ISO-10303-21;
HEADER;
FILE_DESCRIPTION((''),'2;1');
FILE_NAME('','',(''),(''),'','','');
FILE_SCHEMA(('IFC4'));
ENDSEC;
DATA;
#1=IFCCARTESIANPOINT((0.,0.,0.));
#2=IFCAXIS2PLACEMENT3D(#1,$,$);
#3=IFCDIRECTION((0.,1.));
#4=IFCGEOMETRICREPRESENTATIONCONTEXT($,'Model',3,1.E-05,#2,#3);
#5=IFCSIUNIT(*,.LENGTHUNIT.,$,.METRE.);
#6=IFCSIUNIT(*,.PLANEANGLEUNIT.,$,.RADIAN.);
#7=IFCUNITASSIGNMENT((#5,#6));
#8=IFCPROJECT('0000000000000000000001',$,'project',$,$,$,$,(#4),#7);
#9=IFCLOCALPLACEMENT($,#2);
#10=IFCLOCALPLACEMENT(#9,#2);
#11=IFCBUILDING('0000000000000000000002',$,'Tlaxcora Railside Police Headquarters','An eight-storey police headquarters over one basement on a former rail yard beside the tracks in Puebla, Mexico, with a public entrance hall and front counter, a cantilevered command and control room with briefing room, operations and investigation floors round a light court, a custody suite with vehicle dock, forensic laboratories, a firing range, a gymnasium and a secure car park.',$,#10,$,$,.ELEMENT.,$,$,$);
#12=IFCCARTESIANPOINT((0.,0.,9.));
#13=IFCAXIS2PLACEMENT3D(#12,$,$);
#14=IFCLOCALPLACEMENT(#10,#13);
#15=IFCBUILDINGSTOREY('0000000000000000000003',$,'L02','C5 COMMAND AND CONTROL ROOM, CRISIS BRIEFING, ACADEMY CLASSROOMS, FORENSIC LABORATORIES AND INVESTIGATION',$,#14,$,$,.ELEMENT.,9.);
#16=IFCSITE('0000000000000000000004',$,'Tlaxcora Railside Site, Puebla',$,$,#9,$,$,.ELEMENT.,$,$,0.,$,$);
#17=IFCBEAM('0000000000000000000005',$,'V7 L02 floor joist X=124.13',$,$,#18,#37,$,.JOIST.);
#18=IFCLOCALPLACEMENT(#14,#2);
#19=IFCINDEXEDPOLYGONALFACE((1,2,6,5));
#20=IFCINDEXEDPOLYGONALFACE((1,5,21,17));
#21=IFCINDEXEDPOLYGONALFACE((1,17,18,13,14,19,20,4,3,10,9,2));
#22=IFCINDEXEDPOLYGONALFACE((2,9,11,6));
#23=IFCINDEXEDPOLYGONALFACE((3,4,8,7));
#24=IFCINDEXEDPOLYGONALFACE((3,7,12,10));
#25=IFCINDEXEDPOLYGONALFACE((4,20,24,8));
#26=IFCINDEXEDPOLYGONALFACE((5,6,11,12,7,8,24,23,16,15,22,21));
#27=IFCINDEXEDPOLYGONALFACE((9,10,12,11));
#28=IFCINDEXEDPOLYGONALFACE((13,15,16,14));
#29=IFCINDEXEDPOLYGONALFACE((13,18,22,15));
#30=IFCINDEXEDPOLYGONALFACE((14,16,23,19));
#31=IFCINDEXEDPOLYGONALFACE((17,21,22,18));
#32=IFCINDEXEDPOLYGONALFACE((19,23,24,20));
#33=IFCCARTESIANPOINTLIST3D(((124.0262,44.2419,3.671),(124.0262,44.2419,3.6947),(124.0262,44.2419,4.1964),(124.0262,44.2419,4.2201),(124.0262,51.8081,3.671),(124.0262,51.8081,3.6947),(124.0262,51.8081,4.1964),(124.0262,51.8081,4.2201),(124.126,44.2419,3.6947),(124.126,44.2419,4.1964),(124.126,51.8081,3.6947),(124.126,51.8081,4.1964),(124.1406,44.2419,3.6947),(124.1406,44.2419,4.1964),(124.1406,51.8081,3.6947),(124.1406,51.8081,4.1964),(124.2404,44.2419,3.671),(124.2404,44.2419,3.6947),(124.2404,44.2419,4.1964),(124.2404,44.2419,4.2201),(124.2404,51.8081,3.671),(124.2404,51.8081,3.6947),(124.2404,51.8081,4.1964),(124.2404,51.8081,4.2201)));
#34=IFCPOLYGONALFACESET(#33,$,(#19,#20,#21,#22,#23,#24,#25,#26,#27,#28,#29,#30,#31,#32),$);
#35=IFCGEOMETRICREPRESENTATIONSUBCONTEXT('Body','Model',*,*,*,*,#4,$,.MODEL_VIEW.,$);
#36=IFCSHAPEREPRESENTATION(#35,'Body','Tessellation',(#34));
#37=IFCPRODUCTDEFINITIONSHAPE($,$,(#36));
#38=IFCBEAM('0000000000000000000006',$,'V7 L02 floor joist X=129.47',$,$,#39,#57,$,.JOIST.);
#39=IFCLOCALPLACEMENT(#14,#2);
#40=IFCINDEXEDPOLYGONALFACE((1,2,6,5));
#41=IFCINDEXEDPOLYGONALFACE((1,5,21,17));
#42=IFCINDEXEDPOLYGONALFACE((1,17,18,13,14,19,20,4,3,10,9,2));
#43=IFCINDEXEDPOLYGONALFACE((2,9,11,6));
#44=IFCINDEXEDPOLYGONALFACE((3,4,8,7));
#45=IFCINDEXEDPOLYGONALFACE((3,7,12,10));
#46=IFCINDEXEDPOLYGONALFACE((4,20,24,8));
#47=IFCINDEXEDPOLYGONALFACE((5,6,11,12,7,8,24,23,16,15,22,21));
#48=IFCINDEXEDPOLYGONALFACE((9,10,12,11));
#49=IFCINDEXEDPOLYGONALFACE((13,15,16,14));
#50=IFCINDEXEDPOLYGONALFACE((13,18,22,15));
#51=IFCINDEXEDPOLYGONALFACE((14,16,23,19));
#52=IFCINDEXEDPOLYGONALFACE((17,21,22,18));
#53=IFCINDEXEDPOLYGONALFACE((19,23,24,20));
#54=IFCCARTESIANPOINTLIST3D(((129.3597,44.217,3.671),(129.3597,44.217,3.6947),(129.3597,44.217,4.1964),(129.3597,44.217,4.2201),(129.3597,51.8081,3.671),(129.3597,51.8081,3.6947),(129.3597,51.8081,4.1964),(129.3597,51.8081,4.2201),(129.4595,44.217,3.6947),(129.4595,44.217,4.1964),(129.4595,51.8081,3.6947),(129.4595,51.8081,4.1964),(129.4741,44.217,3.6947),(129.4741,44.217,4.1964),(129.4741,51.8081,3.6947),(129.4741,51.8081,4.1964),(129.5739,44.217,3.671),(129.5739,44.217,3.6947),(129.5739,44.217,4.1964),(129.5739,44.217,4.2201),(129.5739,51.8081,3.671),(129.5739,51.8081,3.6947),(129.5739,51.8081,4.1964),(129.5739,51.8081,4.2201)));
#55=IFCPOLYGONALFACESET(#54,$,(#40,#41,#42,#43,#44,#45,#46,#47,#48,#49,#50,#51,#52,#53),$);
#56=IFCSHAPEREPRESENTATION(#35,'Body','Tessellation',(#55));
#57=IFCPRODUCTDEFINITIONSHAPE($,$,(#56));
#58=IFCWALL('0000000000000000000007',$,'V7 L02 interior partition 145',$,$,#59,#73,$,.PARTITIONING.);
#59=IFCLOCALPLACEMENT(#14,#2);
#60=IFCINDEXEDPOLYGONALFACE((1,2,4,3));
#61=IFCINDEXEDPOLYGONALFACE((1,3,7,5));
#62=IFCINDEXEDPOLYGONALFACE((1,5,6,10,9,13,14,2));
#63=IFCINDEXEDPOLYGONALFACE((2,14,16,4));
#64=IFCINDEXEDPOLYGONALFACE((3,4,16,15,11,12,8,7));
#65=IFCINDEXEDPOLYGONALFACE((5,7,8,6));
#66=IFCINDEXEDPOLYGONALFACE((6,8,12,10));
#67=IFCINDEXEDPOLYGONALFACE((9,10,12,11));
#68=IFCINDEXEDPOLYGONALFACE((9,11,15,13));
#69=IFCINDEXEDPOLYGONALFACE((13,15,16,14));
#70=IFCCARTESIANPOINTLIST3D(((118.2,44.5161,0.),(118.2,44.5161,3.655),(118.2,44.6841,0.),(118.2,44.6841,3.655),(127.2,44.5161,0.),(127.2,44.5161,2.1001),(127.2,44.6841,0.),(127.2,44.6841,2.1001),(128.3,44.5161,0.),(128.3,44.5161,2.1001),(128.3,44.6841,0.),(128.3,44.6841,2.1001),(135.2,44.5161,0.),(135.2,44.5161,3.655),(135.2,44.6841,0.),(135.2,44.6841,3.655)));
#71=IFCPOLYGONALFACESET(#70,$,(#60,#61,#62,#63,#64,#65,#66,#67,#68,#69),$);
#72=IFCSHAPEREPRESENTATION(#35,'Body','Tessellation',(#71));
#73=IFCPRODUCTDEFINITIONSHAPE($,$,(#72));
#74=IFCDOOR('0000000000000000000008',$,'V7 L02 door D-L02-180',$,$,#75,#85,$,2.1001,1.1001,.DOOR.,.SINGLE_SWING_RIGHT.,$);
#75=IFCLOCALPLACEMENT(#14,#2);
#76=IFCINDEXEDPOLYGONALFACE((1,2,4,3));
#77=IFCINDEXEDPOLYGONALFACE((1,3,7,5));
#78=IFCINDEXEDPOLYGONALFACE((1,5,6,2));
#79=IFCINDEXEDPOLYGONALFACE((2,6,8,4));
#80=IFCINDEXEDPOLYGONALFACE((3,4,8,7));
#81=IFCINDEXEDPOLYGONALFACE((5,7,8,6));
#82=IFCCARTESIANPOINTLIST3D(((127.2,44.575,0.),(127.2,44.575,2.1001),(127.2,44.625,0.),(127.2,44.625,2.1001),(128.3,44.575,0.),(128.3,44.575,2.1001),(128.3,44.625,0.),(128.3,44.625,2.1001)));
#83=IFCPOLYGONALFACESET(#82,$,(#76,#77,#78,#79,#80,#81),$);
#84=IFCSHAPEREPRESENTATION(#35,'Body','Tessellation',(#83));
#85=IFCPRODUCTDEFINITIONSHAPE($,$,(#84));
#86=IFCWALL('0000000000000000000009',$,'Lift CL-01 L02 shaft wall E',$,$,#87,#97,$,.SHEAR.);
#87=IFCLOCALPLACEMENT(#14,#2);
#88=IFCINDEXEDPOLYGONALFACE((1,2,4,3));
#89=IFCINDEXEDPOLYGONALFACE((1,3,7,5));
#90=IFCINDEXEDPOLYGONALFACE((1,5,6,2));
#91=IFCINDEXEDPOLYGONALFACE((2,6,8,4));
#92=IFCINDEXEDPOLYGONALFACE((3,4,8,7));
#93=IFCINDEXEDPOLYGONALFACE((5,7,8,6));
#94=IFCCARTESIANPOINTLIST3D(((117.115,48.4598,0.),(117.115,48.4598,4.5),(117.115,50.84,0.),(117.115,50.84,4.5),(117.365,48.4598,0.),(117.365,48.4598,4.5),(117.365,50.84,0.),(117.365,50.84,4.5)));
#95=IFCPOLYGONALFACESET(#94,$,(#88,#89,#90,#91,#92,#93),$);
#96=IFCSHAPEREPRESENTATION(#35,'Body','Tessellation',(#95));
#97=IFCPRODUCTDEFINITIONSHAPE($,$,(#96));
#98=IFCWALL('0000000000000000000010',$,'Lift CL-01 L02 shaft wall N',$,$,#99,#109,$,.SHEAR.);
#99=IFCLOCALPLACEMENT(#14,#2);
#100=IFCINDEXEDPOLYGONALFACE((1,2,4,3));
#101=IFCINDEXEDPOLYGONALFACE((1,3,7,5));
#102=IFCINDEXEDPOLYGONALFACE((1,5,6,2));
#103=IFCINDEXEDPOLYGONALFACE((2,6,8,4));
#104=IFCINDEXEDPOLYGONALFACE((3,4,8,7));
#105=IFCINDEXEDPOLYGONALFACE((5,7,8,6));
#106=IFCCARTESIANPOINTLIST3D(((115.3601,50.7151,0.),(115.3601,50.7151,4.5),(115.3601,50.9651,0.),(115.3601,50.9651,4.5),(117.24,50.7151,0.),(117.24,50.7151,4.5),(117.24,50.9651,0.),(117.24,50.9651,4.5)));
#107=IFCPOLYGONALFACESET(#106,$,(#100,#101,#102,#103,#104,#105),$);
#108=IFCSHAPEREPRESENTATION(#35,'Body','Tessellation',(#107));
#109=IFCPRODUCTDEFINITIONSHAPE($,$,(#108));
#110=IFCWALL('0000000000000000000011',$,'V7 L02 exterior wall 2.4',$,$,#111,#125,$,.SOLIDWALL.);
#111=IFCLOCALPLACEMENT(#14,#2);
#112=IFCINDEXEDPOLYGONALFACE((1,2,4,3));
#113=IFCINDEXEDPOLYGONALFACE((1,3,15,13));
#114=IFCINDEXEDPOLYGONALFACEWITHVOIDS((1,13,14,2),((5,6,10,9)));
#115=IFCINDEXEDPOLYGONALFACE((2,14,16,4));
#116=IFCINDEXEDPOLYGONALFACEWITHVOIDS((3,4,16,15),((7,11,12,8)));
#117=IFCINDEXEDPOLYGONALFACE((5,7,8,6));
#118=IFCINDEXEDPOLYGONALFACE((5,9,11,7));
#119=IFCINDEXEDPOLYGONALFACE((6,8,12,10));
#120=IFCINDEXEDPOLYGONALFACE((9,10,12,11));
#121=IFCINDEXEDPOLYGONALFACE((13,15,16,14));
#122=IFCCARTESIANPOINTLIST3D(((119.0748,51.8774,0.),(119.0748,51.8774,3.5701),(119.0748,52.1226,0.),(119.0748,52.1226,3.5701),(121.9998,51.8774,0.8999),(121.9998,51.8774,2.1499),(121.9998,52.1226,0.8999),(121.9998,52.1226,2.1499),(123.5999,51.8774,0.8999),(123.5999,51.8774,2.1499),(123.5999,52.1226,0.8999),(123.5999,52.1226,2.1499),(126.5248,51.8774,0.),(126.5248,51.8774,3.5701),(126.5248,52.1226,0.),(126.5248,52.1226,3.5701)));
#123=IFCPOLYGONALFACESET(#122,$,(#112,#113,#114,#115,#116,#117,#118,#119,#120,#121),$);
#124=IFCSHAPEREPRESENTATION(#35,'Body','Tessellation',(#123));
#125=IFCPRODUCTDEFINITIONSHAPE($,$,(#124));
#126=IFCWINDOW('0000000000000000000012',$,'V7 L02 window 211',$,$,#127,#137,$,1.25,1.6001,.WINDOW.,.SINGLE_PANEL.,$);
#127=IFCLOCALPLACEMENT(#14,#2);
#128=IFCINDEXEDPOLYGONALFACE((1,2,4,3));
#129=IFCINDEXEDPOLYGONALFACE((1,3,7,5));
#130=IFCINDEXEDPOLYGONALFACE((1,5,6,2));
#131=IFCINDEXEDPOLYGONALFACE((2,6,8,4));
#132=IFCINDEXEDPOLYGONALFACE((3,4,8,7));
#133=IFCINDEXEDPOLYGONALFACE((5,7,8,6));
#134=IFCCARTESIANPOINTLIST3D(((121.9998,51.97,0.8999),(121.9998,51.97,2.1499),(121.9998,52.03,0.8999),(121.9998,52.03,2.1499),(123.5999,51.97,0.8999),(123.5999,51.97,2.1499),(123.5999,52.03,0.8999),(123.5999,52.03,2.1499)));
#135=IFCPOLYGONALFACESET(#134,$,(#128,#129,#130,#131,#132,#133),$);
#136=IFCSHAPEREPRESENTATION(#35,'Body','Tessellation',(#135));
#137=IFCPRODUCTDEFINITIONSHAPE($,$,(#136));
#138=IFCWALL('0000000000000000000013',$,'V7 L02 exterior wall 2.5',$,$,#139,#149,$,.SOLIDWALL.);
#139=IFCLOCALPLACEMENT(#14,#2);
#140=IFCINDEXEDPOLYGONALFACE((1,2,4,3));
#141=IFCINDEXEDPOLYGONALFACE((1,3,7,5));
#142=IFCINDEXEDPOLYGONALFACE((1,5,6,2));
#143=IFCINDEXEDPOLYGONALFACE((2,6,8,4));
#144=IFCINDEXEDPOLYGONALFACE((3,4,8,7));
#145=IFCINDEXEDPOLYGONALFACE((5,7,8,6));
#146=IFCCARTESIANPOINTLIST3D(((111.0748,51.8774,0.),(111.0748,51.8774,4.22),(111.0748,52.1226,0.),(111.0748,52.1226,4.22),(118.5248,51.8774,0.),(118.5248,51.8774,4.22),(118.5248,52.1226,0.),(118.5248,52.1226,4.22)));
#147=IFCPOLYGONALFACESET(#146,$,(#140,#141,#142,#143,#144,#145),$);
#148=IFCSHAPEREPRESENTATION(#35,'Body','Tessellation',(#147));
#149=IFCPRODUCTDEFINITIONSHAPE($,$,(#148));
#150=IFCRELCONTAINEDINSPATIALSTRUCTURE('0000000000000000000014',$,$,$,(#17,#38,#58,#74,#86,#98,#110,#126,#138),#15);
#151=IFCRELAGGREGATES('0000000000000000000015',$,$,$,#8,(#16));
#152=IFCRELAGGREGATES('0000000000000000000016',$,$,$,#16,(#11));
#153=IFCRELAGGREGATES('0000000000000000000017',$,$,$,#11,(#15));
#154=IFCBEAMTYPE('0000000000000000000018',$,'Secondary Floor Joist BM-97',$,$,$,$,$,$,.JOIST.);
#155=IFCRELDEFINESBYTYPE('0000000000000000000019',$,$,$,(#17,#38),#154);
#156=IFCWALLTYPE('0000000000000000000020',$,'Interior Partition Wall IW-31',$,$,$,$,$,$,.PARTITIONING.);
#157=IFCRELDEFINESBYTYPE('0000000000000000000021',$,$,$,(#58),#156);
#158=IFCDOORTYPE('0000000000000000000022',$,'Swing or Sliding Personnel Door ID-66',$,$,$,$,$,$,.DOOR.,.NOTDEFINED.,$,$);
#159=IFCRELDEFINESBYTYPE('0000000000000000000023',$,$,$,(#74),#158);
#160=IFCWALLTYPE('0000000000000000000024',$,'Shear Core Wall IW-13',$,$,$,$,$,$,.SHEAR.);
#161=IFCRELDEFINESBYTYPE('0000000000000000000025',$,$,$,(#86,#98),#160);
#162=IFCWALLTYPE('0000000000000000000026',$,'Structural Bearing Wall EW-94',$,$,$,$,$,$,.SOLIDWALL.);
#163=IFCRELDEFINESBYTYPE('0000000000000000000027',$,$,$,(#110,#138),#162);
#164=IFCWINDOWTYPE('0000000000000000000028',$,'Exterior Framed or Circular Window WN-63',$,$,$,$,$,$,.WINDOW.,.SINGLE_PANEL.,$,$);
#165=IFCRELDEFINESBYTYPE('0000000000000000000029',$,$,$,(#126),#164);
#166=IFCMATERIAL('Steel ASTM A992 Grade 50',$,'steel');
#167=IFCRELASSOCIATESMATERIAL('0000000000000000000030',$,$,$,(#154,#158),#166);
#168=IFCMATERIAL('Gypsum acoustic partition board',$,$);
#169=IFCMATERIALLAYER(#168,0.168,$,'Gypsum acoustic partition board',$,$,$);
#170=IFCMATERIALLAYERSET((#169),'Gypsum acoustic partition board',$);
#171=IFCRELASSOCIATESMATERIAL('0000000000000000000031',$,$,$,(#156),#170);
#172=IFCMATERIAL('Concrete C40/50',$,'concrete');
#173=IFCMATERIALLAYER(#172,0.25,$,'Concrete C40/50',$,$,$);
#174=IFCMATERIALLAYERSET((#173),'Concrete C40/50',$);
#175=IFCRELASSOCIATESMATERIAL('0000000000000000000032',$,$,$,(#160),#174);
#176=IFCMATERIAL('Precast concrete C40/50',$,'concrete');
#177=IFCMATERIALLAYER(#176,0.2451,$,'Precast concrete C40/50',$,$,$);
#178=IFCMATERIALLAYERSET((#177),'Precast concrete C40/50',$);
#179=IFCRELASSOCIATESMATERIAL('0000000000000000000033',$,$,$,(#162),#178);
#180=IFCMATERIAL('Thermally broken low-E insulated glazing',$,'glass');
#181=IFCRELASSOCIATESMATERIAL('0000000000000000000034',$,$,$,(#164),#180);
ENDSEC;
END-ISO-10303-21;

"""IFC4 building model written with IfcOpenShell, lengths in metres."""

from ifc_helpers import new_model, si_unit, direction, frame, frame_2d, origin, origin_2d, place, context, subcontext, project, spatial, rectangle, i_section, extrude, material, layer, layer_set, material_profile, profile_set, type_object, element, fill, save


model = new_model("IFC4")

# Units and contexts
model_context = context("Model", 3, precision=1e-05, world=origin(), true_north=direction((0.0, 1.0)))
body_context = subcontext(model_context, "Body", "Model", "MODEL_VIEW")
ifc_project = project(units=[si_unit("LENGTHUNIT", "METRE"), si_unit("PLANEANGLEUNIT", "RADIAN")], contexts=[model_context])

# Site, building, storey
site_placement = place(None, origin())
site = spatial("IfcSite", under=ifc_project, at=site_placement, Name="Tlaxcora Railside Site, Puebla", CompositionType="ELEMENT", RefElevation=0.0)
building_placement = place(site_placement, origin())
building = spatial("IfcBuilding", under=site, at=building_placement, Name="Tlaxcora Railside Police Headquarters", Description="An eight-storey police headquarters over one basement on a former rail yard beside the tracks in Puebla, Mexico, with a public entrance hall and front counter, a cantilevered command and control room with briefing room, operations and investigation floors round a light court, a custody suite with vehicle dock, forensic laboratories, a firing range, a gymnasium and a secure car park.", CompositionType="ELEMENT")
storey_placement = place(building_placement, frame((0.0, 0.0, 9.0)))
storey = spatial("IfcBuildingStorey", under=building, at=storey_placement, Name="L02", Description="C5 COMMAND AND CONTROL ROOM, CRISIS BRIEFING, ACADEMY CLASSROOMS, FORENSIC LABORATORIES AND INVESTIGATION", CompositionType="ELEMENT", Elevation=9.0)

# Shared definitions
ifc_material_1 = material(Name="Concrete C40/50", Category="concrete")

# Beams
ifc_material_2 = material(Name="Steel ASTM A992 Grade 50", Category="steel")
ifc_material_profile_1 = material_profile(ifc_material_2, i_section(OverallWidth=0.2141, OverallDepth=0.5491, WebThickness=0.0146, FlangeThickness=0.0237, at=origin_2d()), Name="W21X93")
ifc_profile_set_1 = profile_set([ifc_material_profile_1], Name="Steel ASTM A992 Grade 50")
beam_type_1 = type_object("IfcBeamType", Name="Secondary Floor Joist BM-97", PredefinedType="JOIST", material=ifc_profile_set_1)
beam_1_placement = place(storey_placement, frame((124.1333, 44.2419, 3.9456), z_axis=(0.0, 1.0, 0.0), x_axis=(-1.0, 0.0, 0.0)))
element("IfcBeam", 1, at=beam_1_placement, inside=storey, type_object=beam_type_1, Name="V7 L02 floor joist X=124.13", PredefinedType="JOIST", context=body_context, shape_type="SweptSolid", body=[
    extrude(i_section(OverallWidth=0.2141, OverallDepth=0.5491, WebThickness=0.0146, FlangeThickness=0.0237, at=origin_2d()), origin(), (0.0, 0.0, 1.0), 7.5662),
])
beam_2_placement = place(storey_placement, frame((129.4668, 44.217, 3.9456), z_axis=(0.0, 1.0, 0.0), x_axis=(-1.0, 0.0, 0.0)))
element("IfcBeam", 2, at=beam_2_placement, inside=storey, type_object=beam_type_1, Name="V7 L02 floor joist X=129.47", PredefinedType="JOIST", context=body_context, shape_type="SweptSolid", body=[
    extrude(i_section(OverallWidth=0.2141, OverallDepth=0.5491, WebThickness=0.0146, FlangeThickness=0.0237, at=origin_2d()), origin(), (0.0, 0.0, 1.0), 7.5911),
])

# Wall, opening, door
ifc_material_3 = material(Name="Gypsum acoustic partition board")
ifc_layer_1 = layer(ifc_material_3, 0.168, Name="Gypsum acoustic partition board")
ifc_layer_set_1 = layer_set([ifc_layer_1], Name="Gypsum acoustic partition board")
wall_type_1 = type_object("IfcWallType", Name="Interior Partition Wall IW-31", PredefinedType="PARTITIONING", material=ifc_layer_set_1)
wall_1_placement = place(storey_placement, frame((118.2, 44.6001, 0.0), z_axis=(0.0, 0.0, 1.0), x_axis=(1.0, 0.0, 0.0)))
wall_1 = element("IfcWall", 3, at=wall_1_placement, inside=storey, type_object=wall_type_1, Name="V7 L02 interior partition 145", PredefinedType="PARTITIONING", context=body_context, shape_type="SweptSolid", body=[
    extrude(rectangle(XDim=17.0, YDim=0.168, at=frame_2d((8.5, 0.0))), origin(), (0.0, 0.0, 1.0), 3.655),
])
opening_1_placement = place(wall_1_placement, frame((9.0, 0.0, 0.0)))
opening_1 = element("IfcOpeningElement", 4, at=opening_1_placement, cuts=wall_1, PredefinedType="OPENING", context=body_context, shape_type="SweptSolid", body=[
    extrude(rectangle(XDim=1.1001, YDim=2.1001, at=frame_2d((0.55, 1.05))), frame((0.0, 0.094, 0.0), z_axis=(0.0, -1.0, 0.0), x_axis=(1.0, 0.0, 0.0)), (0.0, 0.0, 1.0), 0.188),
])
door_type_1 = type_object("IfcDoorType", Name="Swing or Sliding Personnel Door ID-66", OperationType="NOTDEFINED", PredefinedType="DOOR", material=ifc_material_2)
door_1_placement = place(opening_1_placement, origin())
door_1 = element("IfcDoor", 5, at=door_1_placement, inside=storey, type_object=door_type_1, Name="V7 L02 door D-L02-180", OperationType="SINGLE_SWING_RIGHT", OverallHeight=2.1001, OverallWidth=1.1001, PredefinedType="DOOR", context=body_context, shape_type="SweptSolid", body=[
    extrude(rectangle(XDim=1.1001, YDim=2.1001, at=frame_2d((0.55, 1.05))), frame((0.0, 0.0249, 0.0), z_axis=(0.0, -1.0, 0.0), x_axis=(1.0, 0.0, 0.0)), (0.0, 0.0, 1.0), 0.05),
])
fill(opening_1, door_1)

# Walls
ifc_layer_2 = layer(ifc_material_1, 0.25, Name="Concrete C40/50")
ifc_layer_set_2 = layer_set([ifc_layer_2], Name="Concrete C40/50")
wall_type_2 = type_object("IfcWallType", Name="Shear Core Wall IW-13", PredefinedType="SHEAR", material=ifc_layer_set_2)
wall_2_placement = place(storey_placement, frame((117.24, 48.46, 0.0), z_axis=(0.0, 0.0, 1.0), x_axis=(0.0, 1.0, 0.0)))
element("IfcWall", 6, at=wall_2_placement, inside=storey, type_object=wall_type_2, Name="Lift CL-01 L02 shaft wall E", PredefinedType="SHEAR", context=body_context, shape_type="SweptSolid", body=[
    extrude(rectangle(XDim=2.3801, YDim=0.25, at=frame_2d((1.1899, 0.0))), origin(), (0.0, 0.0, 1.0), 4.5),
])
wall_3_placement = place(storey_placement, frame((117.24, 50.8401, 0.0), z_axis=(0.0, 0.0, 1.0), x_axis=(-1.0, 0.0, 0.0)))
element("IfcWall", 7, at=wall_3_placement, inside=storey, type_object=wall_type_2, Name="Lift CL-01 L02 shaft wall N", PredefinedType="SHEAR", context=body_context, shape_type="SweptSolid", body=[
    extrude(rectangle(XDim=1.8799, YDim=0.25, at=frame_2d((0.9399, 0.0))), origin(), (0.0, 0.0, 1.0), 4.5),
])

# Wall, opening, window
ifc_material_4 = material(Name="Precast concrete C40/50", Category="concrete")
ifc_layer_3 = layer(ifc_material_4, 0.2451, Name="Precast concrete C40/50")
ifc_layer_set_3 = layer_set([ifc_layer_3], Name="Precast concrete C40/50")
wall_type_3 = type_object("IfcWallType", Name="Structural Bearing Wall EW-94", PredefinedType="SOLIDWALL", material=ifc_layer_set_3)
wall_4_placement = place(storey_placement, frame((126.5249, 52.0, 0.0), z_axis=(0.0, 0.0, 1.0), x_axis=(-1.0, 0.0, 0.0)))
wall_4 = element("IfcWall", 8, at=wall_4_placement, inside=storey, type_object=wall_type_3, Name="V7 L02 exterior wall 2.4", PredefinedType="SOLIDWALL", context=body_context, shape_type="SweptSolid", body=[
    extrude(rectangle(XDim=7.45, YDim=0.2451, at=frame_2d((3.7251, 0.0))), origin(), (0.0, 0.0, 1.0), 3.5701),
])
opening_2_placement = place(wall_4_placement, frame((2.925, 0.0, 0.8999)))
opening_2 = element("IfcOpeningElement", 9, at=opening_2_placement, cuts=wall_4, PredefinedType="OPENING", context=body_context, shape_type="SweptSolid", body=[
    extrude(rectangle(XDim=1.6001, YDim=1.25, at=frame_2d((0.8, 0.625))), frame((0.0, 0.1326, 0.0), z_axis=(0.0, -1.0, 0.0), x_axis=(1.0, 0.0, 0.0)), (0.0, 0.0, 1.0), 0.2651),
])
ifc_material_5 = material(Name="Thermally broken low-E insulated glazing", Category="glass")
window_type = type_object("IfcWindowType", Name="Exterior Framed or Circular Window WN-63", PartitioningType="SINGLE_PANEL", PredefinedType="WINDOW", material=ifc_material_5)
window_placement = place(opening_2_placement, origin())
window = element("IfcWindow", 10, at=window_placement, inside=storey, type_object=window_type, Name="V7 L02 window 211", OverallHeight=1.25, OverallWidth=1.6001, PartitioningType="SINGLE_PANEL", PredefinedType="WINDOW", context=body_context, shape_type="SweptSolid", body=[
    extrude(rectangle(XDim=1.6001, YDim=1.25, at=frame_2d((0.8, 0.625))), frame((0.0, 0.03, 0.0), z_axis=(0.0, -1.0, 0.0), x_axis=(1.0, 0.0, 0.0)), (0.0, 0.0, 1.0), 0.0601),
])
fill(opening_2, window)

# Wall
wall_5_placement = place(storey_placement, frame((118.5249, 52.0, 0.0), z_axis=(0.0, 0.0, 1.0), x_axis=(-1.0, 0.0, 0.0)))
element("IfcWall", 11, at=wall_5_placement, inside=storey, type_object=wall_type_3, Name="V7 L02 exterior wall 2.5", PredefinedType="SOLIDWALL", context=body_context, shape_type="SweptSolid", body=[
    extrude(rectangle(XDim=7.45, YDim=0.2451, at=frame_2d((3.7251, 0.0))), origin(), (0.0, 0.0, 1.0), 4.22),
])

save(model, "model.ifc")
